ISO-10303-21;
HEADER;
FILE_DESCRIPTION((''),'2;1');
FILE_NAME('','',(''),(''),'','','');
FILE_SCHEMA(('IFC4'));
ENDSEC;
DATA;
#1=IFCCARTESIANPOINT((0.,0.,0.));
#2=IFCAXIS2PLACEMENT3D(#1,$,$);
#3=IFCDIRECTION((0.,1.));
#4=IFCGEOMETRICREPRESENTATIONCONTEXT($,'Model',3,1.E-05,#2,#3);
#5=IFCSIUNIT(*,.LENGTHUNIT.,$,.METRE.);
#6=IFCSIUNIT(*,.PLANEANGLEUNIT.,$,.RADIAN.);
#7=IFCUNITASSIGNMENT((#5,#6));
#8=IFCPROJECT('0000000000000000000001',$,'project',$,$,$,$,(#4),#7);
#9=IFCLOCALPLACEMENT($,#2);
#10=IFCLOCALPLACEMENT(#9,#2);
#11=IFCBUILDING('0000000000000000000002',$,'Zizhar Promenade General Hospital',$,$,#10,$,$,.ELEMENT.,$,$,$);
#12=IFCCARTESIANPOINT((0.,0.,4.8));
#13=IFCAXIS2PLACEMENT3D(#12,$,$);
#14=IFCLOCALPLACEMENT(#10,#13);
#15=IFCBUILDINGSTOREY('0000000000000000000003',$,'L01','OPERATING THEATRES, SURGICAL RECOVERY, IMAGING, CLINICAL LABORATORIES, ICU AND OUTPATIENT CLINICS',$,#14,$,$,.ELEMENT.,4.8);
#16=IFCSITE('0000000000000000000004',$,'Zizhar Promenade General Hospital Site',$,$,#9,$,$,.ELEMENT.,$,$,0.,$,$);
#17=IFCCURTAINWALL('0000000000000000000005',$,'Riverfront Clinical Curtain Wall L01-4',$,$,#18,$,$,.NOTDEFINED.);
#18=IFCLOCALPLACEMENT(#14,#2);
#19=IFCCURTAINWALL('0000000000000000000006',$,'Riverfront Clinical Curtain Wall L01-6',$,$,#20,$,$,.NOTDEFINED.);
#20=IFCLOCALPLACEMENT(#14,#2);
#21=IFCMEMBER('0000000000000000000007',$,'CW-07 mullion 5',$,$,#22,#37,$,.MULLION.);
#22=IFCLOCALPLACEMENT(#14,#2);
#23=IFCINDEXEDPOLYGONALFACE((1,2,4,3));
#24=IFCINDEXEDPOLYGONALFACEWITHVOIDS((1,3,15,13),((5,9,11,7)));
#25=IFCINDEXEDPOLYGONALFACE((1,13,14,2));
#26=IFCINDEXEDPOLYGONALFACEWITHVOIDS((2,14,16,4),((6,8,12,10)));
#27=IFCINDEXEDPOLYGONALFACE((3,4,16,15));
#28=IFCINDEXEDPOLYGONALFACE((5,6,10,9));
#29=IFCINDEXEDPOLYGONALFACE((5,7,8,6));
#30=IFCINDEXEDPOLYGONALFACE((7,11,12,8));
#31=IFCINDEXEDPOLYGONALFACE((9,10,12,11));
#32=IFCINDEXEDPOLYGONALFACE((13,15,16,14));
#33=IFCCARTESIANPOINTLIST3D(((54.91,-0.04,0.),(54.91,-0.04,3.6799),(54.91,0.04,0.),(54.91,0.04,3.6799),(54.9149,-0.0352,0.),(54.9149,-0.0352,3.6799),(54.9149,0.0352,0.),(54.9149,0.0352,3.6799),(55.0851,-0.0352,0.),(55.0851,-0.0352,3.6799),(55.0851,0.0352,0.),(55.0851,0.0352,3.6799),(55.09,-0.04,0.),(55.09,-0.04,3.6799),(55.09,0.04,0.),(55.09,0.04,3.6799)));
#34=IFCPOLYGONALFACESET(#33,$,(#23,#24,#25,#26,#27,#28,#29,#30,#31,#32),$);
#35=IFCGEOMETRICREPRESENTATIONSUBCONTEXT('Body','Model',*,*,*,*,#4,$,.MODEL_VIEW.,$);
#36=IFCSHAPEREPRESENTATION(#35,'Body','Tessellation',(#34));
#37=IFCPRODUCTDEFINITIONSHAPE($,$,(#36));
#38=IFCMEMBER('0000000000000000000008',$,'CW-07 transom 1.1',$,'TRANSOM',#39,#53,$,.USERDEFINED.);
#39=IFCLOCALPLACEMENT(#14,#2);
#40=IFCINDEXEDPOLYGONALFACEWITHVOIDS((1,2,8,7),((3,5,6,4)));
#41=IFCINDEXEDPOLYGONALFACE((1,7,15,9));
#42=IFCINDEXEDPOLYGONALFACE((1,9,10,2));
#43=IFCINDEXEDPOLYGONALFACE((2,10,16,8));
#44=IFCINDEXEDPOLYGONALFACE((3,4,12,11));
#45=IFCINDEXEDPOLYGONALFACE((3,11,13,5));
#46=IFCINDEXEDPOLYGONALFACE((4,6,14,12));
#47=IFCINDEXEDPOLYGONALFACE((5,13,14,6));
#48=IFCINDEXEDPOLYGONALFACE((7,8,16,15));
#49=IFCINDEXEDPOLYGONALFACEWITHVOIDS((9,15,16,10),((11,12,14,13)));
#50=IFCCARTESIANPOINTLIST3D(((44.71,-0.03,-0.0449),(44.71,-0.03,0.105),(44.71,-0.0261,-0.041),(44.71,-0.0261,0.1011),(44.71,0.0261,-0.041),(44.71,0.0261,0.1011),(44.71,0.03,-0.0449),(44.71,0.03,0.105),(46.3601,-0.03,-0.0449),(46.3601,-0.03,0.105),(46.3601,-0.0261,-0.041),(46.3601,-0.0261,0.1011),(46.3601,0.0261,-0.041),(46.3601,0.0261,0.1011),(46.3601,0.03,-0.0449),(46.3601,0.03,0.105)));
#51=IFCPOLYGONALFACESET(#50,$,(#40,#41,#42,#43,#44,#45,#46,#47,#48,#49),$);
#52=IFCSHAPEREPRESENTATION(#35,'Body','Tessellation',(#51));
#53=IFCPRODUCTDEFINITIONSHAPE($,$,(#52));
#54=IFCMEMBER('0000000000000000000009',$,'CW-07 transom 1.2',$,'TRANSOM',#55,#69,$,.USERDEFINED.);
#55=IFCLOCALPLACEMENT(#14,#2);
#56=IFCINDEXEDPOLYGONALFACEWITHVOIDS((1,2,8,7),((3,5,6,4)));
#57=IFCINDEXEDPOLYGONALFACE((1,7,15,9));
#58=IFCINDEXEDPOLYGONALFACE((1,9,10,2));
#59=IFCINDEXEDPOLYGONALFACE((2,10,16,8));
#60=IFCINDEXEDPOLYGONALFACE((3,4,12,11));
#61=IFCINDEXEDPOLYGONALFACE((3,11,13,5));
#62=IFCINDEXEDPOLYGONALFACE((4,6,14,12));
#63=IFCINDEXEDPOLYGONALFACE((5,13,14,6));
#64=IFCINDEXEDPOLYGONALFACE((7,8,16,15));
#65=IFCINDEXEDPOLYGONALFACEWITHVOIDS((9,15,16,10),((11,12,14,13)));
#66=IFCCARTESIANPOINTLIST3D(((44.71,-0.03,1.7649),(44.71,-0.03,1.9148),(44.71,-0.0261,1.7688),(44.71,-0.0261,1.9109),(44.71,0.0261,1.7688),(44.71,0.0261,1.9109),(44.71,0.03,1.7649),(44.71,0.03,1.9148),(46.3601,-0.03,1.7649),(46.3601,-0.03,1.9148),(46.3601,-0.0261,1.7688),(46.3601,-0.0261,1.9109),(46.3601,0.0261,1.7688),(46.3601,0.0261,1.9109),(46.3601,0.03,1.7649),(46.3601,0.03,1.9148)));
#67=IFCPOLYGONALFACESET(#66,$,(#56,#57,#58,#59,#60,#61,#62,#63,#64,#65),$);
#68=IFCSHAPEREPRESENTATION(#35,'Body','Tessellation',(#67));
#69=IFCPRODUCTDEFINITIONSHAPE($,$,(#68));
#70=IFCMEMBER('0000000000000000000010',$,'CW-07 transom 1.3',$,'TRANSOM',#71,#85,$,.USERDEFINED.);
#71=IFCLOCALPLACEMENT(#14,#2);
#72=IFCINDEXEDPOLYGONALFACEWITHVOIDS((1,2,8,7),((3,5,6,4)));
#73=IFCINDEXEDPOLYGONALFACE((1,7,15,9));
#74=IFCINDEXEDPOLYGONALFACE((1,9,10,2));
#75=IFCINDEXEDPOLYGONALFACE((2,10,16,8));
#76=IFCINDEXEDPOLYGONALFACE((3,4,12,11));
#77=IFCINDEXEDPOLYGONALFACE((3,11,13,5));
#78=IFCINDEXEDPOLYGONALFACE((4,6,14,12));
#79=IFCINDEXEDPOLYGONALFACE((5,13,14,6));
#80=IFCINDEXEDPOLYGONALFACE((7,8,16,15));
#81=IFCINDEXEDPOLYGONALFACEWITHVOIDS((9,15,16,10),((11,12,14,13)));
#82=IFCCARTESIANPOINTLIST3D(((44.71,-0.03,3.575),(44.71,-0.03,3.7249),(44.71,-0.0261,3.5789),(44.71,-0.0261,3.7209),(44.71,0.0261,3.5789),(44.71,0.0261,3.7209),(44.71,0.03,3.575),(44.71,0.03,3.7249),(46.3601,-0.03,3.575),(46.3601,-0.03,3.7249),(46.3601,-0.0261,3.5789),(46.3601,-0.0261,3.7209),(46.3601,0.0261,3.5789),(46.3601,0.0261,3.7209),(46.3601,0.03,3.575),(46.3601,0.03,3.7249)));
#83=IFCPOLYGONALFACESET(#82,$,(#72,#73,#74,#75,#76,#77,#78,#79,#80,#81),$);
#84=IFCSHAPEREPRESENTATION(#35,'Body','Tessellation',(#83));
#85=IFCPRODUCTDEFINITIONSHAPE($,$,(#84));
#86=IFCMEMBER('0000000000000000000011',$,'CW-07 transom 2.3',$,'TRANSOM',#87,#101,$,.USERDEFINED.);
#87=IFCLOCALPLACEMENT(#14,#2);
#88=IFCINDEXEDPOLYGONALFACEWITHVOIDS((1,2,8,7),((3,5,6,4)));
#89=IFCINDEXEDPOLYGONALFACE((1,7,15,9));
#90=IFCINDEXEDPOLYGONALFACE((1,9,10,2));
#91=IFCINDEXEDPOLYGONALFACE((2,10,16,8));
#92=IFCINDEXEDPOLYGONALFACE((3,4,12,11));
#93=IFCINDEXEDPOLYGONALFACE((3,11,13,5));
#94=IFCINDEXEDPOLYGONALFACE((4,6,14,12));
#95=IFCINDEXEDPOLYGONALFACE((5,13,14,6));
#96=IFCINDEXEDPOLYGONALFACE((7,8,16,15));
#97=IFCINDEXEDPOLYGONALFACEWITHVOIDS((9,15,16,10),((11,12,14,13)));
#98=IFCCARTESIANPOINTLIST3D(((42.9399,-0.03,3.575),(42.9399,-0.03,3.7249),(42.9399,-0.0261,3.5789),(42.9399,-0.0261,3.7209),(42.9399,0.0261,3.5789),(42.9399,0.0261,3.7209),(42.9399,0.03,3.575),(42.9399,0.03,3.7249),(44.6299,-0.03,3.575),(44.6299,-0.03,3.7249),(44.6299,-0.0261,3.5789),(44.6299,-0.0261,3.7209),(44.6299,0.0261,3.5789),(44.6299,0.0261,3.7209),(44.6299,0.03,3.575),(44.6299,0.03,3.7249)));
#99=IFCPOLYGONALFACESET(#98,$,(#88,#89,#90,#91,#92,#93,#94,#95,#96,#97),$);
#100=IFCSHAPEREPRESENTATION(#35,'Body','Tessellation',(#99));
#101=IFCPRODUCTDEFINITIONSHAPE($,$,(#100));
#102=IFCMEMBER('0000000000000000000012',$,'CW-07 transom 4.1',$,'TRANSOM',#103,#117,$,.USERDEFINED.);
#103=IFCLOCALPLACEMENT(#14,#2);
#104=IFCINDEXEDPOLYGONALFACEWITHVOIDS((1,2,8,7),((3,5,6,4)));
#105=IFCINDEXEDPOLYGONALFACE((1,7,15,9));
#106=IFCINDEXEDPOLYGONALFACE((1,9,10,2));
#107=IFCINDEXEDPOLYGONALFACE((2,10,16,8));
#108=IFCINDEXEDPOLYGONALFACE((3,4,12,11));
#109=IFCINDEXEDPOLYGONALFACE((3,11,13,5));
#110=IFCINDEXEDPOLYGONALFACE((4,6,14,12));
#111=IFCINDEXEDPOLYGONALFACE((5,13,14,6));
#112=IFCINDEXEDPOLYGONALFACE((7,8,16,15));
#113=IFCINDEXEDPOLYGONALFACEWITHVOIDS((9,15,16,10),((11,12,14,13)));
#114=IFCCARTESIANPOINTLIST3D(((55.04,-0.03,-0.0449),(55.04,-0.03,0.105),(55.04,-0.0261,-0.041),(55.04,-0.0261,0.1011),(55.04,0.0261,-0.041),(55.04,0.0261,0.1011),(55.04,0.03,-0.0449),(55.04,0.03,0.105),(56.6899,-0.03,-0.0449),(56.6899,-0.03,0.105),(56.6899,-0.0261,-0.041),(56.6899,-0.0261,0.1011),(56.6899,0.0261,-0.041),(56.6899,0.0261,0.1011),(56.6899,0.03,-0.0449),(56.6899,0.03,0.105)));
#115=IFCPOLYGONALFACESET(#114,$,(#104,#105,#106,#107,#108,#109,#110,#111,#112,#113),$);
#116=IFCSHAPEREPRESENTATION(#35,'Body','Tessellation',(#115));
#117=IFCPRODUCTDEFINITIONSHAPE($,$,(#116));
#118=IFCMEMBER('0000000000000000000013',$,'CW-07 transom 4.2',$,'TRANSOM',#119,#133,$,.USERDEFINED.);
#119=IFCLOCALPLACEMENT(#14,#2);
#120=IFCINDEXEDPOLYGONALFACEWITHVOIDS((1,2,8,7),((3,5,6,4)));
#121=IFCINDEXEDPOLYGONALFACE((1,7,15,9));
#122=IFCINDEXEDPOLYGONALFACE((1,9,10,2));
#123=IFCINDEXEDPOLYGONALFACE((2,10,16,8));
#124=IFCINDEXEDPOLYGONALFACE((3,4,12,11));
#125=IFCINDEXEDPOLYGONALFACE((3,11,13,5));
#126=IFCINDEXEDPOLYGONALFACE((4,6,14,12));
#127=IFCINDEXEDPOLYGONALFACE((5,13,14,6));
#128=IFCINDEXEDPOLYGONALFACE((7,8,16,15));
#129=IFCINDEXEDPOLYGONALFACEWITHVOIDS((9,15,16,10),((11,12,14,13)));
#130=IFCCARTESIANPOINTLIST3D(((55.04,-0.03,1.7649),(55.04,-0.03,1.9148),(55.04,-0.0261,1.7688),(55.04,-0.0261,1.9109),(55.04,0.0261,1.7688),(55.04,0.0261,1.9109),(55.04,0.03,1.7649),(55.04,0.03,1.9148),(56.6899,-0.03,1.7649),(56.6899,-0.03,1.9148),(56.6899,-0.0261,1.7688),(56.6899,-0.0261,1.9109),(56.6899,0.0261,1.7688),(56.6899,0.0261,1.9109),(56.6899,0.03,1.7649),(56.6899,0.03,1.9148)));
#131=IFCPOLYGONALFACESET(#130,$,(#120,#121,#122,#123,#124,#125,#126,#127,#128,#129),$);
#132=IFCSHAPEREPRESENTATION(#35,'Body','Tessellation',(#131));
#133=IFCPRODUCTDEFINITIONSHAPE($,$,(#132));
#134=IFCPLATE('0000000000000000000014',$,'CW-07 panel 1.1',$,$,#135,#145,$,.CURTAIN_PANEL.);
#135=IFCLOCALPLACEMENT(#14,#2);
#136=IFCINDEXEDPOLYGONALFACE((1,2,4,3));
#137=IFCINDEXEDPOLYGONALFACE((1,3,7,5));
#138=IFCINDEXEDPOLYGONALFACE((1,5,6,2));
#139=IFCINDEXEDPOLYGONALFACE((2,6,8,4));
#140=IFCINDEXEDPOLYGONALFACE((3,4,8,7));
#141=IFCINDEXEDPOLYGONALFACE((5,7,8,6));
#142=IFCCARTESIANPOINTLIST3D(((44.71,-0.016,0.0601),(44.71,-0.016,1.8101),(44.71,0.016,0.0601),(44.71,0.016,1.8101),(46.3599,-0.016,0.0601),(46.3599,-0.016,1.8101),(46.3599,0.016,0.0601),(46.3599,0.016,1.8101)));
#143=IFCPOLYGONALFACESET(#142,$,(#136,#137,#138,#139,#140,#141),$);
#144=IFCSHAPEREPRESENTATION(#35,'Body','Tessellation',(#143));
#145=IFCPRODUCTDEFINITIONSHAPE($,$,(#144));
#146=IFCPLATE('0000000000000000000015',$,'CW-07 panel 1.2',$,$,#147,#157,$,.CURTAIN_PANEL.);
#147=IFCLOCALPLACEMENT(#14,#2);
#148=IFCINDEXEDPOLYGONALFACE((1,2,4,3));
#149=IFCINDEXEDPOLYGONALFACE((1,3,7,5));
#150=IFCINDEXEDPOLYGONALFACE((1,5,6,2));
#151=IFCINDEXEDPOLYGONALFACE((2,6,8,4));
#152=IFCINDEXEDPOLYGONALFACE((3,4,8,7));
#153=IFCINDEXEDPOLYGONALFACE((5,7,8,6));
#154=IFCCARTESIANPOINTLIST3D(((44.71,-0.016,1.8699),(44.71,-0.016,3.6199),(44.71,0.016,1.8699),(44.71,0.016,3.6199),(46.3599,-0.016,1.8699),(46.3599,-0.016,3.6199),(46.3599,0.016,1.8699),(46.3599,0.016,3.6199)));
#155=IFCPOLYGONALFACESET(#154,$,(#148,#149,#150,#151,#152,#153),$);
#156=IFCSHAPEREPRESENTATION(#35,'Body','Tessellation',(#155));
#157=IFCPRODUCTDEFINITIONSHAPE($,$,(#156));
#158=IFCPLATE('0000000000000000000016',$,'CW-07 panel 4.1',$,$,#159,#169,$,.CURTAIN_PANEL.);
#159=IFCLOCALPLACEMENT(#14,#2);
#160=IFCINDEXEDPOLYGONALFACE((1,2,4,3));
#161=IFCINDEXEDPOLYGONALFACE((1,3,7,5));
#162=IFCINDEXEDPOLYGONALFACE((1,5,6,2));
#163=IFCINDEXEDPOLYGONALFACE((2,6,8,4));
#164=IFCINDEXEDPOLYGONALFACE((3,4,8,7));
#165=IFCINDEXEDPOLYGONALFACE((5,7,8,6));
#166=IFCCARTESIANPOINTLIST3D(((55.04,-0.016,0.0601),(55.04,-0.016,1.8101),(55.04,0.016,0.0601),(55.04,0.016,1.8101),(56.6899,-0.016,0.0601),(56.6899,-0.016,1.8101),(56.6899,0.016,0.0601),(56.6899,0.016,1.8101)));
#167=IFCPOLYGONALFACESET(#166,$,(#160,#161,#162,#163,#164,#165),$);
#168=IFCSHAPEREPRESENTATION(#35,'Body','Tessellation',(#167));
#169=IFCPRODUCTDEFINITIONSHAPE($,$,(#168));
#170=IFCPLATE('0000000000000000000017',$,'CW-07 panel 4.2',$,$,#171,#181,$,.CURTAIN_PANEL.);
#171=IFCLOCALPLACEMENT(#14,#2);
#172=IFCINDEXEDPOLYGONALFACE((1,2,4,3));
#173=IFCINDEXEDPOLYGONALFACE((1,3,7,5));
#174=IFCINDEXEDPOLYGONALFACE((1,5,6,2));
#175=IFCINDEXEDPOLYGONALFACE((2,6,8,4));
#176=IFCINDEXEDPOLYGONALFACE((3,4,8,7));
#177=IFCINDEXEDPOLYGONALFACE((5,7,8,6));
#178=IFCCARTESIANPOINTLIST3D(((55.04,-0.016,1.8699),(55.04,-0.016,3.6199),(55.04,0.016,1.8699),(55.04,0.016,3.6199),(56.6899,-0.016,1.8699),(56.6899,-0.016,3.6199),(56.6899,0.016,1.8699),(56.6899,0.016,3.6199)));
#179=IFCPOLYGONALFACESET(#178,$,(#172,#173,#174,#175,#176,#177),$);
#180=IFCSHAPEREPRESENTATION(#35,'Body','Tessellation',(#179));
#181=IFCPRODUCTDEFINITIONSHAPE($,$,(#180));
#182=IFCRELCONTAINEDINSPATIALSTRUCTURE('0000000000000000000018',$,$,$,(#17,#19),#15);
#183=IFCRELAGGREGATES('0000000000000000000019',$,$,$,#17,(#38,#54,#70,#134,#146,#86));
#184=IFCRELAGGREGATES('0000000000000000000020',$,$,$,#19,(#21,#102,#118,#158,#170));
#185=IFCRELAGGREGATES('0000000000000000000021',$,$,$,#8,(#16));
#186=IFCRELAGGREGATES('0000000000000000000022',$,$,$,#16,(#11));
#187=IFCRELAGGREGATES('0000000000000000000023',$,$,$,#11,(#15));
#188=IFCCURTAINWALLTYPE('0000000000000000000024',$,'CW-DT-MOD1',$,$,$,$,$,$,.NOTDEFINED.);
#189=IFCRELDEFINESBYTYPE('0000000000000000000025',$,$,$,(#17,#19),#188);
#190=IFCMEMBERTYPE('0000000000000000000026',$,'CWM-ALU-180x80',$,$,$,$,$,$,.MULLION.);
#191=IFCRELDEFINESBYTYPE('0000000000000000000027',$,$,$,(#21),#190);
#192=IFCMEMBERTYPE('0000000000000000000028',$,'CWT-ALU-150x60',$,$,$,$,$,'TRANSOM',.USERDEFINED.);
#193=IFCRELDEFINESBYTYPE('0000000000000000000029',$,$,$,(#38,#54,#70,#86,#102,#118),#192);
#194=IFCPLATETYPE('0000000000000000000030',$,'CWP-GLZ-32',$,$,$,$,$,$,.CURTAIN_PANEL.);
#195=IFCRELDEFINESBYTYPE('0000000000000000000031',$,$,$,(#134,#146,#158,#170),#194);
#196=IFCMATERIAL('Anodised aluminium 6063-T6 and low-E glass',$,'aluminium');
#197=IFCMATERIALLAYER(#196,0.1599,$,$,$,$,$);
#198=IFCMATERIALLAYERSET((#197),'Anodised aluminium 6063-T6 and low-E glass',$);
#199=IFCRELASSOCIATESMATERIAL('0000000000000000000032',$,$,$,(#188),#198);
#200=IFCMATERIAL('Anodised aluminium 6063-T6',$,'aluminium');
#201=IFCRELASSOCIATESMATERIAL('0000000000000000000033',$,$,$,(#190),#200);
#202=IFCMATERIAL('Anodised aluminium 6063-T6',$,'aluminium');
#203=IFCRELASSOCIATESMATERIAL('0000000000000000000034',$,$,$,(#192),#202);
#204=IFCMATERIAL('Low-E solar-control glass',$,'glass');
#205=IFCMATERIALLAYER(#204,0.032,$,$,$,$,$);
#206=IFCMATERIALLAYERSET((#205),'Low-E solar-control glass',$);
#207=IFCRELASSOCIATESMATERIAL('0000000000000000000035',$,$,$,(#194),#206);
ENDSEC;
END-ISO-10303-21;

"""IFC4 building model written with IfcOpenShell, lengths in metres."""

from ifc_helpers import new_model, si_unit, direction, frame, origin, origin_2d, place, context, subcontext, project, spatial, rectangle, hollow_rectangle, extrude, material, layer, layer_set, material_profile, profile_set, type_object, element, aggregate, save


model = new_model("IFC4")

# Units and contexts
model_context = context("Model", 3, precision=1e-05, world=origin(), true_north=direction((0.0, 1.0)))
body_context = subcontext(model_context, "Body", "Model", "MODEL_VIEW")
ifc_project = project(units=[si_unit("LENGTHUNIT", "METRE"), si_unit("PLANEANGLEUNIT", "RADIAN")], contexts=[model_context])

# Site, building, storey
site_placement = place(None, origin())
site = spatial("IfcSite", under=ifc_project, at=site_placement, Name="Zizhar Promenade General Hospital Site", CompositionType="ELEMENT", RefElevation=0.0)
building_placement = place(site_placement, origin())
building = spatial("IfcBuilding", under=site, at=building_placement, Name="Zizhar Promenade General Hospital", CompositionType="ELEMENT")
storey_placement = place(building_placement, frame((0.0, 0.0, 4.8)))
storey = spatial("IfcBuildingStorey", under=building, at=storey_placement, Name="L01", Description="OPERATING THEATRES, SURGICAL RECOVERY, IMAGING, CLINICAL LABORATORIES, ICU AND OUTPATIENT CLINICS", CompositionType="ELEMENT", Elevation=4.8)

# Curtain wall
ifc_material_1 = material(Name="Anodised aluminium 6063-T6 and low-E glass", Category="aluminium")
ifc_layer_1 = layer(ifc_material_1, 0.1599)
ifc_layer_set_1 = layer_set([ifc_layer_1], Name="Anodised aluminium 6063-T6 and low-E glass")
curtain_wall_type = type_object("IfcCurtainWallType", Name="CW-DT-MOD1", PredefinedType="NOTDEFINED", material=ifc_layer_set_1)
curtain_wall_1_placement = place(storey_placement, origin())
curtain_wall_1 = element("IfcCurtainWall", 1, at=curtain_wall_1_placement, inside=storey, type_object=curtain_wall_type, Name="Riverfront Clinical Curtain Wall L01-4", PredefinedType="NOTDEFINED")
ifc_material_2 = material(Name="Anodised aluminium 6063-T6", Category="aluminium")
ifc_material_profile_1 = material_profile(ifc_material_2, hollow_rectangle(XDim=0.0801, YDim=0.1799, WallThickness=0.0049, at=origin_2d()))
ifc_profile_set_1 = profile_set([ifc_material_profile_1], Name="Anodised aluminium 6063-T6")
member_type_1 = type_object("IfcMemberType", Name="CWM-ALU-180x80", PredefinedType="MULLION", material=ifc_profile_set_1)

# Curtain wall, member
curtain_wall_2_placement = place(storey_placement, origin())
curtain_wall_2 = element("IfcCurtainWall", 2, at=curtain_wall_2_placement, inside=storey, type_object=curtain_wall_type, Name="Riverfront Clinical Curtain Wall L01-6", PredefinedType="NOTDEFINED")
member_1_placement = place(storey_placement, frame((55.0, 0.0, 0.0), z_axis=(0.0, 0.0, 1.0), x_axis=(0.0, -1.0, 0.0)))
member_1 = element("IfcMember", 3, at=member_1_placement, type_object=member_type_1, Name="CW-07 mullion 5", PredefinedType="MULLION", context=body_context, shape_type="SweptSolid", body=[
    extrude(hollow_rectangle(XDim=0.0801, YDim=0.1799, WallThickness=0.0049, at=origin_2d()), origin(), (0.0, 0.0, 1.0), 3.6799),
])

# Members
ifc_material_3 = material(Name="Anodised aluminium 6063-T6", Category="aluminium")
ifc_material_profile_2 = material_profile(ifc_material_3, hollow_rectangle(XDim=0.0601, YDim=0.1499, WallThickness=0.0039, at=origin_2d()))
ifc_profile_set_2 = profile_set([ifc_material_profile_2], Name="Anodised aluminium 6063-T6")
member_type_2 = type_object("IfcMemberType", Name="CWT-ALU-150x60", ElementType="TRANSOM", PredefinedType="USERDEFINED", material=ifc_profile_set_2)
member_2_placement = place(storey_placement, frame((46.3601, 0.0, 0.03), z_axis=(-1.0, 0.0, 0.0), x_axis=(0.0, -1.0, 0.0)))
member_2 = element("IfcMember", 4, at=member_2_placement, type_object=member_type_2, Name="CW-07 transom 1.1", ObjectType="TRANSOM", PredefinedType="USERDEFINED", context=body_context, shape_type="SweptSolid", body=[
    extrude(hollow_rectangle(XDim=0.0601, YDim=0.1499, WallThickness=0.0039, at=origin_2d()), origin(), (0.0, 0.0, 1.0), 1.6501),
])
member_3_placement = place(storey_placement, frame((46.3601, 0.0, 1.8398), z_axis=(-1.0, 0.0, 0.0), x_axis=(0.0, -1.0, 0.0)))
member_3 = element("IfcMember", 5, at=member_3_placement, type_object=member_type_2, Name="CW-07 transom 1.2", ObjectType="TRANSOM", PredefinedType="USERDEFINED", context=body_context, shape_type="SweptSolid", body=[
    extrude(hollow_rectangle(XDim=0.0601, YDim=0.1499, WallThickness=0.0039, at=origin_2d()), origin(), (0.0, 0.0, 1.0), 1.6501),
])
member_4_placement = place(storey_placement, frame((46.3601, 0.0, 3.6499), z_axis=(-1.0, 0.0, 0.0), x_axis=(0.0, -1.0, 0.0)))
member_4 = element("IfcMember", 6, at=member_4_placement, type_object=member_type_2, Name="CW-07 transom 1.3", ObjectType="TRANSOM", PredefinedType="USERDEFINED", context=body_context, shape_type="SweptSolid", body=[
    extrude(hollow_rectangle(XDim=0.0601, YDim=0.1499, WallThickness=0.0039, at=origin_2d()), origin(), (0.0, 0.0, 1.0), 1.6501),
])
member_5_placement = place(storey_placement, frame((44.6299, 0.0, 3.6499), z_axis=(-1.0, 0.0, 0.0), x_axis=(0.0, -1.0, 0.0)))
member_5 = element("IfcMember", 7, at=member_5_placement, type_object=member_type_2, Name="CW-07 transom 2.3", ObjectType="TRANSOM", PredefinedType="USERDEFINED", context=body_context, shape_type="SweptSolid", body=[
    extrude(hollow_rectangle(XDim=0.0601, YDim=0.1499, WallThickness=0.0039, at=origin_2d()), origin(), (0.0, 0.0, 1.0), 1.6899),
])
member_6_placement = place(storey_placement, frame((56.6899, 0.0, 0.03), z_axis=(-1.0, 0.0, 0.0), x_axis=(0.0, -1.0, 0.0)))
member_6 = element("IfcMember", 8, at=member_6_placement, type_object=member_type_2, Name="CW-07 transom 4.1", ObjectType="TRANSOM", PredefinedType="USERDEFINED", context=body_context, shape_type="SweptSolid", body=[
    extrude(hollow_rectangle(XDim=0.0601, YDim=0.1499, WallThickness=0.0039, at=origin_2d()), origin(), (0.0, 0.0, 1.0), 1.6499),
])
member_7_placement = place(storey_placement, frame((56.6899, 0.0, 1.8398), z_axis=(-1.0, 0.0, 0.0), x_axis=(0.0, -1.0, 0.0)))
member_7 = element("IfcMember", 9, at=member_7_placement, type_object=member_type_2, Name="CW-07 transom 4.2", ObjectType="TRANSOM", PredefinedType="USERDEFINED", context=body_context, shape_type="SweptSolid", body=[
    extrude(hollow_rectangle(XDim=0.0601, YDim=0.1499, WallThickness=0.0039, at=origin_2d()), origin(), (0.0, 0.0, 1.0), 1.6499),
])

# Plates
ifc_material_4 = material(Name="Low-E solar-control glass", Category="glass")
ifc_layer_2 = layer(ifc_material_4, 0.032)
ifc_layer_set_2 = layer_set([ifc_layer_2], Name="Low-E solar-control glass")
plate_type = type_object("IfcPlateType", Name="CWP-GLZ-32", PredefinedType="CURTAIN_PANEL", material=ifc_layer_set_2)
plate_1_placement = place(storey_placement, frame((45.5349, 0.0, 0.0601), z_axis=(0.0, 0.0, 1.0), x_axis=(-1.0, 0.0, 0.0)))
plate_1 = element("IfcPlate", 10, at=plate_1_placement, type_object=plate_type, Name="CW-07 panel 1.1", PredefinedType="CURTAIN_PANEL", context=body_context, shape_type="SweptSolid", body=[
    extrude(rectangle(XDim=1.6499, YDim=0.032, at=origin_2d()), origin(), (0.0, 0.0, 1.0), 1.75),
])
plate_2_placement = place(storey_placement, frame((45.5349, 0.0, 1.8699), z_axis=(0.0, 0.0, 1.0), x_axis=(-1.0, 0.0, 0.0)))
plate_2 = element("IfcPlate", 11, at=plate_2_placement, type_object=plate_type, Name="CW-07 panel 1.2", PredefinedType="CURTAIN_PANEL", context=body_context, shape_type="SweptSolid", body=[
    extrude(rectangle(XDim=1.6499, YDim=0.032, at=origin_2d()), origin(), (0.0, 0.0, 1.0), 1.75),
])
aggregate(curtain_wall_1, [member_2, member_3, member_4, plate_1, plate_2, member_5])
plate_3_placement = place(storey_placement, frame((55.865, 0.0, 0.0601), z_axis=(0.0, 0.0, 1.0), x_axis=(-1.0, 0.0, 0.0)))
plate_3 = element("IfcPlate", 12, at=plate_3_placement, type_object=plate_type, Name="CW-07 panel 4.1", PredefinedType="CURTAIN_PANEL", context=body_context, shape_type="SweptSolid", body=[
    extrude(rectangle(XDim=1.6499, YDim=0.032, at=origin_2d()), origin(), (0.0, 0.0, 1.0), 1.75),
])
plate_4_placement = place(storey_placement, frame((55.865, 0.0, 1.8699), z_axis=(0.0, 0.0, 1.0), x_axis=(-1.0, 0.0, 0.0)))
plate_4 = element("IfcPlate", 13, at=plate_4_placement, type_object=plate_type, Name="CW-07 panel 4.2", PredefinedType="CURTAIN_PANEL", context=body_context, shape_type="SweptSolid", body=[
    extrude(rectangle(XDim=1.6499, YDim=0.032, at=origin_2d()), origin(), (0.0, 0.0, 1.0), 1.75),
])
aggregate(curtain_wall_2, [member_1, member_6, member_7, plate_3, plate_4])

save(model, "model.ifc")
